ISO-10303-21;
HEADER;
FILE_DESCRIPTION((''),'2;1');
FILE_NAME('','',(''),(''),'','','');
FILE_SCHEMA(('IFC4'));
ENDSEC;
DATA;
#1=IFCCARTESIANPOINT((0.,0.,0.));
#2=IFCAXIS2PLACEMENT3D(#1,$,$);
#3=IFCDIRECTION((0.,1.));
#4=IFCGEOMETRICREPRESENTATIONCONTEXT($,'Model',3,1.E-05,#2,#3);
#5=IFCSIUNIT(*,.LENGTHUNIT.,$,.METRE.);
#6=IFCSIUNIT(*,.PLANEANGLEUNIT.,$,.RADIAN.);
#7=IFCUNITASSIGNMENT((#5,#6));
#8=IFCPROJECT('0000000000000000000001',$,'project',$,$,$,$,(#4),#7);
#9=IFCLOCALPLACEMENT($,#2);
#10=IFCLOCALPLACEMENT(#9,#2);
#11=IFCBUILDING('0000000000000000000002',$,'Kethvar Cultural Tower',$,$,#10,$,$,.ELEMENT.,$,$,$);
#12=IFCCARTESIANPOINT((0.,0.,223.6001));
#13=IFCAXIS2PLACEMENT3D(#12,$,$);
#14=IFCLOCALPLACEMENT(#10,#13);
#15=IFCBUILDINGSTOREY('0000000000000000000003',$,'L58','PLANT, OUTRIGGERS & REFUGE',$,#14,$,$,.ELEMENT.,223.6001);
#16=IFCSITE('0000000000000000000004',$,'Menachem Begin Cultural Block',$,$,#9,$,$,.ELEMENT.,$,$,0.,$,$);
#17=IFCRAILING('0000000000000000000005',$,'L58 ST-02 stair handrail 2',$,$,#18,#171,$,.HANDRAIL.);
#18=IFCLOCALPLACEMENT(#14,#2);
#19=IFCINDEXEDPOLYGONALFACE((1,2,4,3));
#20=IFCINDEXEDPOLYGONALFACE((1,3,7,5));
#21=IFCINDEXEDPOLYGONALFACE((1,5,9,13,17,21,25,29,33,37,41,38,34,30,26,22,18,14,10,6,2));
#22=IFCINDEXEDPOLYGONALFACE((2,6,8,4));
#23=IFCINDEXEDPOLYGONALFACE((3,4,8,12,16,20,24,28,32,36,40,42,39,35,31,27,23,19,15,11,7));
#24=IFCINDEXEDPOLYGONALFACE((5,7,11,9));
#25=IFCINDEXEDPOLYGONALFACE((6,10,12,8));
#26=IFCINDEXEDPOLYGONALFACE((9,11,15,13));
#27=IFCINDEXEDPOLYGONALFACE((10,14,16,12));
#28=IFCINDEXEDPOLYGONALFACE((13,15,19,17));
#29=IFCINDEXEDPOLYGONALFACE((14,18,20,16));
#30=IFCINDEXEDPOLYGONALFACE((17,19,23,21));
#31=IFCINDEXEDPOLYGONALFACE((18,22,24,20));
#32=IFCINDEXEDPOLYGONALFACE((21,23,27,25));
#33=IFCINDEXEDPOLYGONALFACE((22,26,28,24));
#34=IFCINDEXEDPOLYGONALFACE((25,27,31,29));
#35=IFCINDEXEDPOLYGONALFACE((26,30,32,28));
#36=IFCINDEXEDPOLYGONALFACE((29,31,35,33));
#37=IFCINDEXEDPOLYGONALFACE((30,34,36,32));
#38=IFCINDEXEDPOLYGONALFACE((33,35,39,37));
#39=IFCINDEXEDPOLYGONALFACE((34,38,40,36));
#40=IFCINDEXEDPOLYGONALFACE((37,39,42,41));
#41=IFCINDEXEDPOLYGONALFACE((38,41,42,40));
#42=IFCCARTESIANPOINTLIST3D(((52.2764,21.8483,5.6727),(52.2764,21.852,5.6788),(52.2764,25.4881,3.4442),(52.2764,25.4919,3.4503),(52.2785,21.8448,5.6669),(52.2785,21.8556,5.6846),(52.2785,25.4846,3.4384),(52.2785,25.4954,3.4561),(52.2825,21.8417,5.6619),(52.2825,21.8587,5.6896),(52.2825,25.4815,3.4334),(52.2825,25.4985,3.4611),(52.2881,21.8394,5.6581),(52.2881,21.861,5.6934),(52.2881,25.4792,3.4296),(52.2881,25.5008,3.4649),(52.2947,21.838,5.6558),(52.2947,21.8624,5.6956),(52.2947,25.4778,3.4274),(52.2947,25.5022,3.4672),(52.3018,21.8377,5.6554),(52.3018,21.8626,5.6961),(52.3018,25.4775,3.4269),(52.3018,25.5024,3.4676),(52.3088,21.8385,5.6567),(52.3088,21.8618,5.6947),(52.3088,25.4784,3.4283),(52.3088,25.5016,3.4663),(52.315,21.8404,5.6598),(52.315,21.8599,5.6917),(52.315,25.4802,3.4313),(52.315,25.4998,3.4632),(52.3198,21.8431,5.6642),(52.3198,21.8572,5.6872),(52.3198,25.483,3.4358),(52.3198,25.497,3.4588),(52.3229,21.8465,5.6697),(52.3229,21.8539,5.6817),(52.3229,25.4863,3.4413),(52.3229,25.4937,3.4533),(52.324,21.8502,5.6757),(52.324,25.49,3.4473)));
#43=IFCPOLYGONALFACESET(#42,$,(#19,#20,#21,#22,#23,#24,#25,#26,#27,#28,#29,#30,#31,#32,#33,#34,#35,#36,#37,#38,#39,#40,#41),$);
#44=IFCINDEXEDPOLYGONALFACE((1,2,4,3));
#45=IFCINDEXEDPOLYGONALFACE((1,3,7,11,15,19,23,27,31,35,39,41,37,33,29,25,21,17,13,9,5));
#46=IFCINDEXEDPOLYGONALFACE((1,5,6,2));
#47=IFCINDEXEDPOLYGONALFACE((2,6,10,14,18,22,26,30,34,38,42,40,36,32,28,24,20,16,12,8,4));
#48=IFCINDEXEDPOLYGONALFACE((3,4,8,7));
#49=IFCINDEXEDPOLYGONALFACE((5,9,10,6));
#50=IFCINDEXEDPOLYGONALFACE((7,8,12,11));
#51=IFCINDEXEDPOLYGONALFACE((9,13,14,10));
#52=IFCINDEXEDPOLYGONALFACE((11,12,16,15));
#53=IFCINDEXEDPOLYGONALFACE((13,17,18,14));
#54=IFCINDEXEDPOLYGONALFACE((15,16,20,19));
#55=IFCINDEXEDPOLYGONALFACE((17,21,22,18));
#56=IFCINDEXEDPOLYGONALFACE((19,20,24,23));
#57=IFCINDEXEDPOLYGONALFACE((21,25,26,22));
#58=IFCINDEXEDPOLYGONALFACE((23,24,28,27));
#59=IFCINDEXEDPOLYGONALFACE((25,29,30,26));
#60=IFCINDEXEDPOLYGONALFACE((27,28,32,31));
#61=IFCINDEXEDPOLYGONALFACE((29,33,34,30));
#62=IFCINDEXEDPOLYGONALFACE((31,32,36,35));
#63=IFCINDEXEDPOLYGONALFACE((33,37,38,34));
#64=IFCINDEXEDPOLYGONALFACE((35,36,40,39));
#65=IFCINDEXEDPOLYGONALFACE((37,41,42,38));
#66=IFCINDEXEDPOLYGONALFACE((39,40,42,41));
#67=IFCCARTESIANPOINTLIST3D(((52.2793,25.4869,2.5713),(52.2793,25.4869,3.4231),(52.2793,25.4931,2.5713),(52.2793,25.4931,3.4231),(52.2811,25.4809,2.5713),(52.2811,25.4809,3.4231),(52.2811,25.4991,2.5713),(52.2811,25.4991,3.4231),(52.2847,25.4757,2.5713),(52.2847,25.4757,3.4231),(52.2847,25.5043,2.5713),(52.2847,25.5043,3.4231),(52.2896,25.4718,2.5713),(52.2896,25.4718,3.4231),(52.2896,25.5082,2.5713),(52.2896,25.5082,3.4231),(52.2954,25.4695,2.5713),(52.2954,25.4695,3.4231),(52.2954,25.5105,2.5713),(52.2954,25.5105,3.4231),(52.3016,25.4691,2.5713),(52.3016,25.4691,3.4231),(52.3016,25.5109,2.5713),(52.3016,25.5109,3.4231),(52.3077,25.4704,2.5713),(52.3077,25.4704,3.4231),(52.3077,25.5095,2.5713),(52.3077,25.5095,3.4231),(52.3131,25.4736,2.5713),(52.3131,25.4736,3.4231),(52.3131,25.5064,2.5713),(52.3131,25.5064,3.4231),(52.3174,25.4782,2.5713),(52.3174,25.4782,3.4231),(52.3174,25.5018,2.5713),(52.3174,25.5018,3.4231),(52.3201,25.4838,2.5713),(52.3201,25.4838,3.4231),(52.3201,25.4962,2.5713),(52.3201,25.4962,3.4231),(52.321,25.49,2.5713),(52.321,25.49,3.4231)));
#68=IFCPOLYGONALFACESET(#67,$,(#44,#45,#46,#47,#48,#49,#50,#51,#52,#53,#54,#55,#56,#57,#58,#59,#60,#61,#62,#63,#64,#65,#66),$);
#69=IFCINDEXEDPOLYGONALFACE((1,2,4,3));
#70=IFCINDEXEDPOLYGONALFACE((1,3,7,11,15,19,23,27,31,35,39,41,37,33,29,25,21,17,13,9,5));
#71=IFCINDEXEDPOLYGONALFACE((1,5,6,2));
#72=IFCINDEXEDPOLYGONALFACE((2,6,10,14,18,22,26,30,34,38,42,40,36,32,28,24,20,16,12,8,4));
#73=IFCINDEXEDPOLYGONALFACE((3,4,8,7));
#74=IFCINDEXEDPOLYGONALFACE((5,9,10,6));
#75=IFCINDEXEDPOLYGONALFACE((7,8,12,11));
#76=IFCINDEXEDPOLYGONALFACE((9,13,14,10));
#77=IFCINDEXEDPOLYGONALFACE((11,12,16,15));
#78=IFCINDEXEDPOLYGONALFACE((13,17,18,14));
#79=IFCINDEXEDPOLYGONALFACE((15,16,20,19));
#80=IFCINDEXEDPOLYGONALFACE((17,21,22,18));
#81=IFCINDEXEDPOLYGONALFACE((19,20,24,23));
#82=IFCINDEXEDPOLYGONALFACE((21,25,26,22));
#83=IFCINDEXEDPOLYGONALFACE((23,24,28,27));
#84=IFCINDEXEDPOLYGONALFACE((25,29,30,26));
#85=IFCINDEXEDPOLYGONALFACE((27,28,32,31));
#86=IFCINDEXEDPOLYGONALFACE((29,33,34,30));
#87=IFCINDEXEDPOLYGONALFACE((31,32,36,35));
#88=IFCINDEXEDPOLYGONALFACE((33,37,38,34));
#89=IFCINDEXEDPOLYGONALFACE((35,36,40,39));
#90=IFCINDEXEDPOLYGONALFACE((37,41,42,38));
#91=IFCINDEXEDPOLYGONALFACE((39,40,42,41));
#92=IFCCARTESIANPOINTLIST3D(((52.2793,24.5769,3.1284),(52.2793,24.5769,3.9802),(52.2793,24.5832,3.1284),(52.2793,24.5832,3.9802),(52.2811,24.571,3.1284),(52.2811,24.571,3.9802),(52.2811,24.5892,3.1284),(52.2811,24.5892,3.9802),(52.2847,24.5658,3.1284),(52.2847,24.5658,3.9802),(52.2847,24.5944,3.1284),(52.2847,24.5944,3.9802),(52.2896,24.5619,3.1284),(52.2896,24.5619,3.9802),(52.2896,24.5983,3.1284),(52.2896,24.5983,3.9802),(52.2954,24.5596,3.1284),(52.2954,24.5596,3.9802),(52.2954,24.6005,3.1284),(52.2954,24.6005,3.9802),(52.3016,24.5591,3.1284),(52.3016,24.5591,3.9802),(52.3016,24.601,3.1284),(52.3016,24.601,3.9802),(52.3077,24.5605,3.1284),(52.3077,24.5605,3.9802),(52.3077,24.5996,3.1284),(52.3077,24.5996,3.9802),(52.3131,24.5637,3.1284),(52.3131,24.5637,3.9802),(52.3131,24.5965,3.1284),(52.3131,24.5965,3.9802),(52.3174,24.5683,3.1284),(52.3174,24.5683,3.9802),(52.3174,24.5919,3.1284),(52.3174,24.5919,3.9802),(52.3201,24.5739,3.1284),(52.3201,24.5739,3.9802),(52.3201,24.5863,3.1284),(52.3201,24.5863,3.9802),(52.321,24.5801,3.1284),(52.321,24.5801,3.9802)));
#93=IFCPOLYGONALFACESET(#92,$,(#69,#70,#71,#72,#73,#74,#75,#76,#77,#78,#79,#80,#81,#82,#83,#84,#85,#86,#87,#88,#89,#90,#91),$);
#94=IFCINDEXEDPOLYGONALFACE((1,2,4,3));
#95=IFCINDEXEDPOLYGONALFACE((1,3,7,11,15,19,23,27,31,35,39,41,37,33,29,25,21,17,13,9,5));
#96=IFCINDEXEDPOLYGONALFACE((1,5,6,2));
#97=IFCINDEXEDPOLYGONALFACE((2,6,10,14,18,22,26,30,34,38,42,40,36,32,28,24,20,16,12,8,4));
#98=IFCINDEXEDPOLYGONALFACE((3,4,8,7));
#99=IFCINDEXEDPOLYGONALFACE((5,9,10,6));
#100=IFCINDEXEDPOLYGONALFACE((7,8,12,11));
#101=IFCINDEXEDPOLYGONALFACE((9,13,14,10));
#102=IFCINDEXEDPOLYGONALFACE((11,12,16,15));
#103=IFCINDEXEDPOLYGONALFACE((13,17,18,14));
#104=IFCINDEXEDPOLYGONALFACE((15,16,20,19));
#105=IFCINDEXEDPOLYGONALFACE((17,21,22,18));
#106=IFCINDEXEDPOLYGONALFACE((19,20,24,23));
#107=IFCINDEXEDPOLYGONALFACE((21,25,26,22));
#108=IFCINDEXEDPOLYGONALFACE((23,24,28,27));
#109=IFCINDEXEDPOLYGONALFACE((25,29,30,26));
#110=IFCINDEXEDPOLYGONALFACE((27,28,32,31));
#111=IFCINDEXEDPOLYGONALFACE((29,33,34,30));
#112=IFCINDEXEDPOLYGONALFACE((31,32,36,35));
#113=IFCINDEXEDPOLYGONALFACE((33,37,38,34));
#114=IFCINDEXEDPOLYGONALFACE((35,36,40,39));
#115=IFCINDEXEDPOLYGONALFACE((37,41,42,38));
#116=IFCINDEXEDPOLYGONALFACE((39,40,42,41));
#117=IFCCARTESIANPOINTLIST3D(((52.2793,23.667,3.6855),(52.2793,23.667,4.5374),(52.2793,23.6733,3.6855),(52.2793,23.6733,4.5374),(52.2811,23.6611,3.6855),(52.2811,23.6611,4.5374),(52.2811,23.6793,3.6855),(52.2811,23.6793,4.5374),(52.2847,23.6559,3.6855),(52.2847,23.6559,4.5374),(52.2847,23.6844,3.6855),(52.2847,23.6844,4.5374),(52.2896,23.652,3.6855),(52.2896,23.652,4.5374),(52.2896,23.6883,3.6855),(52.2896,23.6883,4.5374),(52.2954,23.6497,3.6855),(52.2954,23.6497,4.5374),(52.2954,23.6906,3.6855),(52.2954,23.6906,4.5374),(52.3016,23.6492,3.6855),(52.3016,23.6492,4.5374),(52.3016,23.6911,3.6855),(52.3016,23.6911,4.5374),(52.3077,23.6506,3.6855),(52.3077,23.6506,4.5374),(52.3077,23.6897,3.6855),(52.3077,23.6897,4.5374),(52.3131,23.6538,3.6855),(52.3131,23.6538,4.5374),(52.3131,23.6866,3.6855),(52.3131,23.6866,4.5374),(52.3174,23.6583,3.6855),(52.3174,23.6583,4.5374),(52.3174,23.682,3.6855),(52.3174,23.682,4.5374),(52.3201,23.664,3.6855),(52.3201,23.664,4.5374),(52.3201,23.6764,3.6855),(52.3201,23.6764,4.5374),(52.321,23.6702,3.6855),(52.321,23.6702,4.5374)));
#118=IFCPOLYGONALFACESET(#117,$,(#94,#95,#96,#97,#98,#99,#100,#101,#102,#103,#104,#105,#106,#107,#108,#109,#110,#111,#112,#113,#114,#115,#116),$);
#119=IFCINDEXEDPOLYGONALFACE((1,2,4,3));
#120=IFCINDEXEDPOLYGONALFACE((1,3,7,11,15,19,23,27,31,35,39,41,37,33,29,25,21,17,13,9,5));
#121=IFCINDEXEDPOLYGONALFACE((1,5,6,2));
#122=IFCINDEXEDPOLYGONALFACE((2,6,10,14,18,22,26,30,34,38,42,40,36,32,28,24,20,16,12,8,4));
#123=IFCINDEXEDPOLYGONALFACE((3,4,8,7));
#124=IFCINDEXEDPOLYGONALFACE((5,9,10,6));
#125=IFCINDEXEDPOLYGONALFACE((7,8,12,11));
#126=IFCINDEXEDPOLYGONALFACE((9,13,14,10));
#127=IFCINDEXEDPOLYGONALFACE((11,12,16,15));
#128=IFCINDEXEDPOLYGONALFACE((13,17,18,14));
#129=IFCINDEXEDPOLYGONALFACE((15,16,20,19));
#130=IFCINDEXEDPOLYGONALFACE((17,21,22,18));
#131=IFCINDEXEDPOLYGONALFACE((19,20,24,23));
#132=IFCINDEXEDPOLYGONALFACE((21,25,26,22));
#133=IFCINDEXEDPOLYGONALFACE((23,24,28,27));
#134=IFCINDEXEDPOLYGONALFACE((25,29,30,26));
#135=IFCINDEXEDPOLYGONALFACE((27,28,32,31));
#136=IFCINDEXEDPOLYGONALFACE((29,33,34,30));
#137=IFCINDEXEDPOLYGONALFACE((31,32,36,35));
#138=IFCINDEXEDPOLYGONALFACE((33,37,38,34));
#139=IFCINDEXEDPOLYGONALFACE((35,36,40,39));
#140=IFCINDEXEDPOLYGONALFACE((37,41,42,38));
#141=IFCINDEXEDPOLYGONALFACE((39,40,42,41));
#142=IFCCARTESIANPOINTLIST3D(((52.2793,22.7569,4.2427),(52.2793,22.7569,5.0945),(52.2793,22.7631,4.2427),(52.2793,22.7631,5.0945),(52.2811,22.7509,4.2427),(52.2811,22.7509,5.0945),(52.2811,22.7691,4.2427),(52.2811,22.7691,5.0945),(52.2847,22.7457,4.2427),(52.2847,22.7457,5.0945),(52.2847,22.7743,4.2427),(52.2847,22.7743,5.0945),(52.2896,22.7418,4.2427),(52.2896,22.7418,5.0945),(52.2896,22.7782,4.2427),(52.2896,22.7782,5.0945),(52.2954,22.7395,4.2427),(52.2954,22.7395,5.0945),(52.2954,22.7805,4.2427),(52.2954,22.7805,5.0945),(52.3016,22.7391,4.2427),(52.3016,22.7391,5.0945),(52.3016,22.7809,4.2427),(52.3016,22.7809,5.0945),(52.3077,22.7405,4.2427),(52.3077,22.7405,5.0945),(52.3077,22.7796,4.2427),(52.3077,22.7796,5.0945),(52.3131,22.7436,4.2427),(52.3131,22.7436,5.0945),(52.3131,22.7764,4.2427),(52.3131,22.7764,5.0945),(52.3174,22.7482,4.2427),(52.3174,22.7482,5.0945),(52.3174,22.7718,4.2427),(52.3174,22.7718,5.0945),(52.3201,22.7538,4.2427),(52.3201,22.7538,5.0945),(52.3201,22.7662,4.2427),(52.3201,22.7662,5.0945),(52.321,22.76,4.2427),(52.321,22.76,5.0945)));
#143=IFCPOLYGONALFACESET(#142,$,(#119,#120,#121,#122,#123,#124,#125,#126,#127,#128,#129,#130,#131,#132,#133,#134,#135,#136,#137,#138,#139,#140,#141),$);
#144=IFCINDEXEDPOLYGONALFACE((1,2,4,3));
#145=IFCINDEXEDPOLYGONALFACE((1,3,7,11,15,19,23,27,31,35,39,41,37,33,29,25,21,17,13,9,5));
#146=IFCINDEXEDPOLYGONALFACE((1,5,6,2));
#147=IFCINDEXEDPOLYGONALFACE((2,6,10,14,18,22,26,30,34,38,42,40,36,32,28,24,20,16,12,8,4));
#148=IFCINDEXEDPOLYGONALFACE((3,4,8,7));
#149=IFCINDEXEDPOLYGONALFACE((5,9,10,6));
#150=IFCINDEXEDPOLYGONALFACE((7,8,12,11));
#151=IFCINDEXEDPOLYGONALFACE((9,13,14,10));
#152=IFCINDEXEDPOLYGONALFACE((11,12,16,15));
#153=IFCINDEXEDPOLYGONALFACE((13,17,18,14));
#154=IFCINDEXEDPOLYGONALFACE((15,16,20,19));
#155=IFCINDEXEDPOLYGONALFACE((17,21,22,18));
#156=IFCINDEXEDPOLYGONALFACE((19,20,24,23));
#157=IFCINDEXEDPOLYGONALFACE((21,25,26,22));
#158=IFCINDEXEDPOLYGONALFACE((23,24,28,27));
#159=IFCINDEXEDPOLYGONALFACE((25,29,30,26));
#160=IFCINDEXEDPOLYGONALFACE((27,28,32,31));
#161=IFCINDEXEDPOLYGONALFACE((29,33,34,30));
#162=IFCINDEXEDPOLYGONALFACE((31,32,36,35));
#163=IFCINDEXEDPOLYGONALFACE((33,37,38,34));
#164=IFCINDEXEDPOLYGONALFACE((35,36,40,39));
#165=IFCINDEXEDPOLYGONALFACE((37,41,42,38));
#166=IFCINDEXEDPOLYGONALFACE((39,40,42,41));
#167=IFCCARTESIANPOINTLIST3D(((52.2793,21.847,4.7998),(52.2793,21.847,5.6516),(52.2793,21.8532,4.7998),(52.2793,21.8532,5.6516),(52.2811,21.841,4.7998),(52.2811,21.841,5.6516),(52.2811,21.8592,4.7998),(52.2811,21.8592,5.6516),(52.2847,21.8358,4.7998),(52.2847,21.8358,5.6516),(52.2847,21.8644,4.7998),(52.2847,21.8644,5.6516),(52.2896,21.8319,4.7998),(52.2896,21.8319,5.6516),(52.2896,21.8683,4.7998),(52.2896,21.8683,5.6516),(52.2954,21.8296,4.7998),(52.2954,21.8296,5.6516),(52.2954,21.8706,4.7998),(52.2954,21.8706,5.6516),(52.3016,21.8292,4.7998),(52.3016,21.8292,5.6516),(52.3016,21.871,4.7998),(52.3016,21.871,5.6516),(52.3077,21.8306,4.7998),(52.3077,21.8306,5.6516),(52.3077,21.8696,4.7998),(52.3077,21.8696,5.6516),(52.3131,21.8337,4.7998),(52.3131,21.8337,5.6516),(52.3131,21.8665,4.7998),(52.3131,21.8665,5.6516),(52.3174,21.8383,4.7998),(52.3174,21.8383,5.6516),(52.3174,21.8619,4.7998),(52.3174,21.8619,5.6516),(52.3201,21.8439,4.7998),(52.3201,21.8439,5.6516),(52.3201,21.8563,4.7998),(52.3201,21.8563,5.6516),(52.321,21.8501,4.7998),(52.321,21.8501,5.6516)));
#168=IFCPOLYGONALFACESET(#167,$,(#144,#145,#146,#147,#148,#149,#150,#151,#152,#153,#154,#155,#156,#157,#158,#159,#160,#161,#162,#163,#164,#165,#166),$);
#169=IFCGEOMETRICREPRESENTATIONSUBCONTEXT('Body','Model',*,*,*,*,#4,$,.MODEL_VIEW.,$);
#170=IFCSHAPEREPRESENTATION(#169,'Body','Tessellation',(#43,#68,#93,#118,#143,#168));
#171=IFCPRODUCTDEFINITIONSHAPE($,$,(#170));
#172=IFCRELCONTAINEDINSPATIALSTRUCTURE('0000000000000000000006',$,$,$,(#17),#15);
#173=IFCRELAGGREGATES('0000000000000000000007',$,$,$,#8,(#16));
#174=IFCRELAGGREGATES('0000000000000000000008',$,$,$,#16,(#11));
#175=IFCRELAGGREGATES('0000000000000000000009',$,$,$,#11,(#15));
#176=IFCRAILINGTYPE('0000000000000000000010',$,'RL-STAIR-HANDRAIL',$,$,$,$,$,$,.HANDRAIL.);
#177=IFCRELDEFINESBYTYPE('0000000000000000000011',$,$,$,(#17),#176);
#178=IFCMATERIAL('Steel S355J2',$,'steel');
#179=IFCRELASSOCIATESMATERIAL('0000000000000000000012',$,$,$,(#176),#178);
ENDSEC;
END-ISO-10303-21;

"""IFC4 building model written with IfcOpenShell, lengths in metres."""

from ifc_helpers import new_model, si_unit, direction, frame, origin, origin_2d, place, context, subcontext, project, spatial, circle, extrude, material, type_object, element, save


model = new_model("IFC4")

# Units and contexts
model_context = context("Model", 3, precision=1e-05, world=origin(), true_north=direction((0.0, 1.0)))
body_context = subcontext(model_context, "Body", "Model", "MODEL_VIEW")
ifc_project = project(units=[si_unit("LENGTHUNIT", "METRE"), si_unit("PLANEANGLEUNIT", "RADIAN")], contexts=[model_context])

# Site, building, storey
site_placement = place(None, origin())
site = spatial("IfcSite", under=ifc_project, at=site_placement, Name="Menachem Begin Cultural Block", CompositionType="ELEMENT", RefElevation=0.0)
building_placement = place(site_placement, origin())
building = spatial("IfcBuilding", under=site, at=building_placement, Name="Kethvar Cultural Tower", CompositionType="ELEMENT")
storey_placement = place(building_placement, frame((0.0, 0.0, 223.6001)))
storey = spatial("IfcBuildingStorey", under=building, at=storey_placement, Name="L58", Description="PLANT, OUTRIGGERS & REFUGE", CompositionType="ELEMENT", Elevation=223.6001)

# Railing
ifc_material_1 = material(Name="Steel S355J2", Category="steel")
railing_type_1 = type_object("IfcRailingType", Name="RL-STAIR-HANDRAIL", PredefinedType="HANDRAIL", material=ifc_material_1)
railing_1_placement = place(storey_placement, frame((52.3, 25.49, 2.5713)))
element("IfcRailing", 1, at=railing_1_placement, inside=storey, type_object=railing_type_1, Name="L58 ST-02 stair handrail 2", PredefinedType="HANDRAIL", context=body_context, shape_type="SweptSolid", body=[
    extrude(circle(Radius=0.0239, at=origin_2d()), frame((0.0, 0.0, 0.876), z_axis=(0.0, -0.85285, 0.522156), x_axis=(1.0, 0.0, 0.0)), (0.0, 0.0, 1.0), 4.2678),
    extrude(circle(Radius=0.021, at=origin_2d()), origin(), (0.0, 0.0, 1.0), 0.8518),
    extrude(circle(Radius=0.021, at=origin_2d()), frame((0.0, -0.9099, 0.5571)), (0.0, 0.0, 1.0), 0.8518),
    extrude(circle(Radius=0.021, at=origin_2d()), frame((0.0, -1.8198, 1.1143)), (0.0, 0.0, 1.0), 0.8518),
    extrude(circle(Radius=0.021, at=origin_2d()), frame((0.0, -2.73, 1.6714)), (0.0, 0.0, 1.0), 0.8518),
    extrude(circle(Radius=0.021, at=origin_2d()), frame((0.0, -3.6399, 2.2285)), (0.0, 0.0, 1.0), 0.8518),
])

save(model, "model.ifc")
